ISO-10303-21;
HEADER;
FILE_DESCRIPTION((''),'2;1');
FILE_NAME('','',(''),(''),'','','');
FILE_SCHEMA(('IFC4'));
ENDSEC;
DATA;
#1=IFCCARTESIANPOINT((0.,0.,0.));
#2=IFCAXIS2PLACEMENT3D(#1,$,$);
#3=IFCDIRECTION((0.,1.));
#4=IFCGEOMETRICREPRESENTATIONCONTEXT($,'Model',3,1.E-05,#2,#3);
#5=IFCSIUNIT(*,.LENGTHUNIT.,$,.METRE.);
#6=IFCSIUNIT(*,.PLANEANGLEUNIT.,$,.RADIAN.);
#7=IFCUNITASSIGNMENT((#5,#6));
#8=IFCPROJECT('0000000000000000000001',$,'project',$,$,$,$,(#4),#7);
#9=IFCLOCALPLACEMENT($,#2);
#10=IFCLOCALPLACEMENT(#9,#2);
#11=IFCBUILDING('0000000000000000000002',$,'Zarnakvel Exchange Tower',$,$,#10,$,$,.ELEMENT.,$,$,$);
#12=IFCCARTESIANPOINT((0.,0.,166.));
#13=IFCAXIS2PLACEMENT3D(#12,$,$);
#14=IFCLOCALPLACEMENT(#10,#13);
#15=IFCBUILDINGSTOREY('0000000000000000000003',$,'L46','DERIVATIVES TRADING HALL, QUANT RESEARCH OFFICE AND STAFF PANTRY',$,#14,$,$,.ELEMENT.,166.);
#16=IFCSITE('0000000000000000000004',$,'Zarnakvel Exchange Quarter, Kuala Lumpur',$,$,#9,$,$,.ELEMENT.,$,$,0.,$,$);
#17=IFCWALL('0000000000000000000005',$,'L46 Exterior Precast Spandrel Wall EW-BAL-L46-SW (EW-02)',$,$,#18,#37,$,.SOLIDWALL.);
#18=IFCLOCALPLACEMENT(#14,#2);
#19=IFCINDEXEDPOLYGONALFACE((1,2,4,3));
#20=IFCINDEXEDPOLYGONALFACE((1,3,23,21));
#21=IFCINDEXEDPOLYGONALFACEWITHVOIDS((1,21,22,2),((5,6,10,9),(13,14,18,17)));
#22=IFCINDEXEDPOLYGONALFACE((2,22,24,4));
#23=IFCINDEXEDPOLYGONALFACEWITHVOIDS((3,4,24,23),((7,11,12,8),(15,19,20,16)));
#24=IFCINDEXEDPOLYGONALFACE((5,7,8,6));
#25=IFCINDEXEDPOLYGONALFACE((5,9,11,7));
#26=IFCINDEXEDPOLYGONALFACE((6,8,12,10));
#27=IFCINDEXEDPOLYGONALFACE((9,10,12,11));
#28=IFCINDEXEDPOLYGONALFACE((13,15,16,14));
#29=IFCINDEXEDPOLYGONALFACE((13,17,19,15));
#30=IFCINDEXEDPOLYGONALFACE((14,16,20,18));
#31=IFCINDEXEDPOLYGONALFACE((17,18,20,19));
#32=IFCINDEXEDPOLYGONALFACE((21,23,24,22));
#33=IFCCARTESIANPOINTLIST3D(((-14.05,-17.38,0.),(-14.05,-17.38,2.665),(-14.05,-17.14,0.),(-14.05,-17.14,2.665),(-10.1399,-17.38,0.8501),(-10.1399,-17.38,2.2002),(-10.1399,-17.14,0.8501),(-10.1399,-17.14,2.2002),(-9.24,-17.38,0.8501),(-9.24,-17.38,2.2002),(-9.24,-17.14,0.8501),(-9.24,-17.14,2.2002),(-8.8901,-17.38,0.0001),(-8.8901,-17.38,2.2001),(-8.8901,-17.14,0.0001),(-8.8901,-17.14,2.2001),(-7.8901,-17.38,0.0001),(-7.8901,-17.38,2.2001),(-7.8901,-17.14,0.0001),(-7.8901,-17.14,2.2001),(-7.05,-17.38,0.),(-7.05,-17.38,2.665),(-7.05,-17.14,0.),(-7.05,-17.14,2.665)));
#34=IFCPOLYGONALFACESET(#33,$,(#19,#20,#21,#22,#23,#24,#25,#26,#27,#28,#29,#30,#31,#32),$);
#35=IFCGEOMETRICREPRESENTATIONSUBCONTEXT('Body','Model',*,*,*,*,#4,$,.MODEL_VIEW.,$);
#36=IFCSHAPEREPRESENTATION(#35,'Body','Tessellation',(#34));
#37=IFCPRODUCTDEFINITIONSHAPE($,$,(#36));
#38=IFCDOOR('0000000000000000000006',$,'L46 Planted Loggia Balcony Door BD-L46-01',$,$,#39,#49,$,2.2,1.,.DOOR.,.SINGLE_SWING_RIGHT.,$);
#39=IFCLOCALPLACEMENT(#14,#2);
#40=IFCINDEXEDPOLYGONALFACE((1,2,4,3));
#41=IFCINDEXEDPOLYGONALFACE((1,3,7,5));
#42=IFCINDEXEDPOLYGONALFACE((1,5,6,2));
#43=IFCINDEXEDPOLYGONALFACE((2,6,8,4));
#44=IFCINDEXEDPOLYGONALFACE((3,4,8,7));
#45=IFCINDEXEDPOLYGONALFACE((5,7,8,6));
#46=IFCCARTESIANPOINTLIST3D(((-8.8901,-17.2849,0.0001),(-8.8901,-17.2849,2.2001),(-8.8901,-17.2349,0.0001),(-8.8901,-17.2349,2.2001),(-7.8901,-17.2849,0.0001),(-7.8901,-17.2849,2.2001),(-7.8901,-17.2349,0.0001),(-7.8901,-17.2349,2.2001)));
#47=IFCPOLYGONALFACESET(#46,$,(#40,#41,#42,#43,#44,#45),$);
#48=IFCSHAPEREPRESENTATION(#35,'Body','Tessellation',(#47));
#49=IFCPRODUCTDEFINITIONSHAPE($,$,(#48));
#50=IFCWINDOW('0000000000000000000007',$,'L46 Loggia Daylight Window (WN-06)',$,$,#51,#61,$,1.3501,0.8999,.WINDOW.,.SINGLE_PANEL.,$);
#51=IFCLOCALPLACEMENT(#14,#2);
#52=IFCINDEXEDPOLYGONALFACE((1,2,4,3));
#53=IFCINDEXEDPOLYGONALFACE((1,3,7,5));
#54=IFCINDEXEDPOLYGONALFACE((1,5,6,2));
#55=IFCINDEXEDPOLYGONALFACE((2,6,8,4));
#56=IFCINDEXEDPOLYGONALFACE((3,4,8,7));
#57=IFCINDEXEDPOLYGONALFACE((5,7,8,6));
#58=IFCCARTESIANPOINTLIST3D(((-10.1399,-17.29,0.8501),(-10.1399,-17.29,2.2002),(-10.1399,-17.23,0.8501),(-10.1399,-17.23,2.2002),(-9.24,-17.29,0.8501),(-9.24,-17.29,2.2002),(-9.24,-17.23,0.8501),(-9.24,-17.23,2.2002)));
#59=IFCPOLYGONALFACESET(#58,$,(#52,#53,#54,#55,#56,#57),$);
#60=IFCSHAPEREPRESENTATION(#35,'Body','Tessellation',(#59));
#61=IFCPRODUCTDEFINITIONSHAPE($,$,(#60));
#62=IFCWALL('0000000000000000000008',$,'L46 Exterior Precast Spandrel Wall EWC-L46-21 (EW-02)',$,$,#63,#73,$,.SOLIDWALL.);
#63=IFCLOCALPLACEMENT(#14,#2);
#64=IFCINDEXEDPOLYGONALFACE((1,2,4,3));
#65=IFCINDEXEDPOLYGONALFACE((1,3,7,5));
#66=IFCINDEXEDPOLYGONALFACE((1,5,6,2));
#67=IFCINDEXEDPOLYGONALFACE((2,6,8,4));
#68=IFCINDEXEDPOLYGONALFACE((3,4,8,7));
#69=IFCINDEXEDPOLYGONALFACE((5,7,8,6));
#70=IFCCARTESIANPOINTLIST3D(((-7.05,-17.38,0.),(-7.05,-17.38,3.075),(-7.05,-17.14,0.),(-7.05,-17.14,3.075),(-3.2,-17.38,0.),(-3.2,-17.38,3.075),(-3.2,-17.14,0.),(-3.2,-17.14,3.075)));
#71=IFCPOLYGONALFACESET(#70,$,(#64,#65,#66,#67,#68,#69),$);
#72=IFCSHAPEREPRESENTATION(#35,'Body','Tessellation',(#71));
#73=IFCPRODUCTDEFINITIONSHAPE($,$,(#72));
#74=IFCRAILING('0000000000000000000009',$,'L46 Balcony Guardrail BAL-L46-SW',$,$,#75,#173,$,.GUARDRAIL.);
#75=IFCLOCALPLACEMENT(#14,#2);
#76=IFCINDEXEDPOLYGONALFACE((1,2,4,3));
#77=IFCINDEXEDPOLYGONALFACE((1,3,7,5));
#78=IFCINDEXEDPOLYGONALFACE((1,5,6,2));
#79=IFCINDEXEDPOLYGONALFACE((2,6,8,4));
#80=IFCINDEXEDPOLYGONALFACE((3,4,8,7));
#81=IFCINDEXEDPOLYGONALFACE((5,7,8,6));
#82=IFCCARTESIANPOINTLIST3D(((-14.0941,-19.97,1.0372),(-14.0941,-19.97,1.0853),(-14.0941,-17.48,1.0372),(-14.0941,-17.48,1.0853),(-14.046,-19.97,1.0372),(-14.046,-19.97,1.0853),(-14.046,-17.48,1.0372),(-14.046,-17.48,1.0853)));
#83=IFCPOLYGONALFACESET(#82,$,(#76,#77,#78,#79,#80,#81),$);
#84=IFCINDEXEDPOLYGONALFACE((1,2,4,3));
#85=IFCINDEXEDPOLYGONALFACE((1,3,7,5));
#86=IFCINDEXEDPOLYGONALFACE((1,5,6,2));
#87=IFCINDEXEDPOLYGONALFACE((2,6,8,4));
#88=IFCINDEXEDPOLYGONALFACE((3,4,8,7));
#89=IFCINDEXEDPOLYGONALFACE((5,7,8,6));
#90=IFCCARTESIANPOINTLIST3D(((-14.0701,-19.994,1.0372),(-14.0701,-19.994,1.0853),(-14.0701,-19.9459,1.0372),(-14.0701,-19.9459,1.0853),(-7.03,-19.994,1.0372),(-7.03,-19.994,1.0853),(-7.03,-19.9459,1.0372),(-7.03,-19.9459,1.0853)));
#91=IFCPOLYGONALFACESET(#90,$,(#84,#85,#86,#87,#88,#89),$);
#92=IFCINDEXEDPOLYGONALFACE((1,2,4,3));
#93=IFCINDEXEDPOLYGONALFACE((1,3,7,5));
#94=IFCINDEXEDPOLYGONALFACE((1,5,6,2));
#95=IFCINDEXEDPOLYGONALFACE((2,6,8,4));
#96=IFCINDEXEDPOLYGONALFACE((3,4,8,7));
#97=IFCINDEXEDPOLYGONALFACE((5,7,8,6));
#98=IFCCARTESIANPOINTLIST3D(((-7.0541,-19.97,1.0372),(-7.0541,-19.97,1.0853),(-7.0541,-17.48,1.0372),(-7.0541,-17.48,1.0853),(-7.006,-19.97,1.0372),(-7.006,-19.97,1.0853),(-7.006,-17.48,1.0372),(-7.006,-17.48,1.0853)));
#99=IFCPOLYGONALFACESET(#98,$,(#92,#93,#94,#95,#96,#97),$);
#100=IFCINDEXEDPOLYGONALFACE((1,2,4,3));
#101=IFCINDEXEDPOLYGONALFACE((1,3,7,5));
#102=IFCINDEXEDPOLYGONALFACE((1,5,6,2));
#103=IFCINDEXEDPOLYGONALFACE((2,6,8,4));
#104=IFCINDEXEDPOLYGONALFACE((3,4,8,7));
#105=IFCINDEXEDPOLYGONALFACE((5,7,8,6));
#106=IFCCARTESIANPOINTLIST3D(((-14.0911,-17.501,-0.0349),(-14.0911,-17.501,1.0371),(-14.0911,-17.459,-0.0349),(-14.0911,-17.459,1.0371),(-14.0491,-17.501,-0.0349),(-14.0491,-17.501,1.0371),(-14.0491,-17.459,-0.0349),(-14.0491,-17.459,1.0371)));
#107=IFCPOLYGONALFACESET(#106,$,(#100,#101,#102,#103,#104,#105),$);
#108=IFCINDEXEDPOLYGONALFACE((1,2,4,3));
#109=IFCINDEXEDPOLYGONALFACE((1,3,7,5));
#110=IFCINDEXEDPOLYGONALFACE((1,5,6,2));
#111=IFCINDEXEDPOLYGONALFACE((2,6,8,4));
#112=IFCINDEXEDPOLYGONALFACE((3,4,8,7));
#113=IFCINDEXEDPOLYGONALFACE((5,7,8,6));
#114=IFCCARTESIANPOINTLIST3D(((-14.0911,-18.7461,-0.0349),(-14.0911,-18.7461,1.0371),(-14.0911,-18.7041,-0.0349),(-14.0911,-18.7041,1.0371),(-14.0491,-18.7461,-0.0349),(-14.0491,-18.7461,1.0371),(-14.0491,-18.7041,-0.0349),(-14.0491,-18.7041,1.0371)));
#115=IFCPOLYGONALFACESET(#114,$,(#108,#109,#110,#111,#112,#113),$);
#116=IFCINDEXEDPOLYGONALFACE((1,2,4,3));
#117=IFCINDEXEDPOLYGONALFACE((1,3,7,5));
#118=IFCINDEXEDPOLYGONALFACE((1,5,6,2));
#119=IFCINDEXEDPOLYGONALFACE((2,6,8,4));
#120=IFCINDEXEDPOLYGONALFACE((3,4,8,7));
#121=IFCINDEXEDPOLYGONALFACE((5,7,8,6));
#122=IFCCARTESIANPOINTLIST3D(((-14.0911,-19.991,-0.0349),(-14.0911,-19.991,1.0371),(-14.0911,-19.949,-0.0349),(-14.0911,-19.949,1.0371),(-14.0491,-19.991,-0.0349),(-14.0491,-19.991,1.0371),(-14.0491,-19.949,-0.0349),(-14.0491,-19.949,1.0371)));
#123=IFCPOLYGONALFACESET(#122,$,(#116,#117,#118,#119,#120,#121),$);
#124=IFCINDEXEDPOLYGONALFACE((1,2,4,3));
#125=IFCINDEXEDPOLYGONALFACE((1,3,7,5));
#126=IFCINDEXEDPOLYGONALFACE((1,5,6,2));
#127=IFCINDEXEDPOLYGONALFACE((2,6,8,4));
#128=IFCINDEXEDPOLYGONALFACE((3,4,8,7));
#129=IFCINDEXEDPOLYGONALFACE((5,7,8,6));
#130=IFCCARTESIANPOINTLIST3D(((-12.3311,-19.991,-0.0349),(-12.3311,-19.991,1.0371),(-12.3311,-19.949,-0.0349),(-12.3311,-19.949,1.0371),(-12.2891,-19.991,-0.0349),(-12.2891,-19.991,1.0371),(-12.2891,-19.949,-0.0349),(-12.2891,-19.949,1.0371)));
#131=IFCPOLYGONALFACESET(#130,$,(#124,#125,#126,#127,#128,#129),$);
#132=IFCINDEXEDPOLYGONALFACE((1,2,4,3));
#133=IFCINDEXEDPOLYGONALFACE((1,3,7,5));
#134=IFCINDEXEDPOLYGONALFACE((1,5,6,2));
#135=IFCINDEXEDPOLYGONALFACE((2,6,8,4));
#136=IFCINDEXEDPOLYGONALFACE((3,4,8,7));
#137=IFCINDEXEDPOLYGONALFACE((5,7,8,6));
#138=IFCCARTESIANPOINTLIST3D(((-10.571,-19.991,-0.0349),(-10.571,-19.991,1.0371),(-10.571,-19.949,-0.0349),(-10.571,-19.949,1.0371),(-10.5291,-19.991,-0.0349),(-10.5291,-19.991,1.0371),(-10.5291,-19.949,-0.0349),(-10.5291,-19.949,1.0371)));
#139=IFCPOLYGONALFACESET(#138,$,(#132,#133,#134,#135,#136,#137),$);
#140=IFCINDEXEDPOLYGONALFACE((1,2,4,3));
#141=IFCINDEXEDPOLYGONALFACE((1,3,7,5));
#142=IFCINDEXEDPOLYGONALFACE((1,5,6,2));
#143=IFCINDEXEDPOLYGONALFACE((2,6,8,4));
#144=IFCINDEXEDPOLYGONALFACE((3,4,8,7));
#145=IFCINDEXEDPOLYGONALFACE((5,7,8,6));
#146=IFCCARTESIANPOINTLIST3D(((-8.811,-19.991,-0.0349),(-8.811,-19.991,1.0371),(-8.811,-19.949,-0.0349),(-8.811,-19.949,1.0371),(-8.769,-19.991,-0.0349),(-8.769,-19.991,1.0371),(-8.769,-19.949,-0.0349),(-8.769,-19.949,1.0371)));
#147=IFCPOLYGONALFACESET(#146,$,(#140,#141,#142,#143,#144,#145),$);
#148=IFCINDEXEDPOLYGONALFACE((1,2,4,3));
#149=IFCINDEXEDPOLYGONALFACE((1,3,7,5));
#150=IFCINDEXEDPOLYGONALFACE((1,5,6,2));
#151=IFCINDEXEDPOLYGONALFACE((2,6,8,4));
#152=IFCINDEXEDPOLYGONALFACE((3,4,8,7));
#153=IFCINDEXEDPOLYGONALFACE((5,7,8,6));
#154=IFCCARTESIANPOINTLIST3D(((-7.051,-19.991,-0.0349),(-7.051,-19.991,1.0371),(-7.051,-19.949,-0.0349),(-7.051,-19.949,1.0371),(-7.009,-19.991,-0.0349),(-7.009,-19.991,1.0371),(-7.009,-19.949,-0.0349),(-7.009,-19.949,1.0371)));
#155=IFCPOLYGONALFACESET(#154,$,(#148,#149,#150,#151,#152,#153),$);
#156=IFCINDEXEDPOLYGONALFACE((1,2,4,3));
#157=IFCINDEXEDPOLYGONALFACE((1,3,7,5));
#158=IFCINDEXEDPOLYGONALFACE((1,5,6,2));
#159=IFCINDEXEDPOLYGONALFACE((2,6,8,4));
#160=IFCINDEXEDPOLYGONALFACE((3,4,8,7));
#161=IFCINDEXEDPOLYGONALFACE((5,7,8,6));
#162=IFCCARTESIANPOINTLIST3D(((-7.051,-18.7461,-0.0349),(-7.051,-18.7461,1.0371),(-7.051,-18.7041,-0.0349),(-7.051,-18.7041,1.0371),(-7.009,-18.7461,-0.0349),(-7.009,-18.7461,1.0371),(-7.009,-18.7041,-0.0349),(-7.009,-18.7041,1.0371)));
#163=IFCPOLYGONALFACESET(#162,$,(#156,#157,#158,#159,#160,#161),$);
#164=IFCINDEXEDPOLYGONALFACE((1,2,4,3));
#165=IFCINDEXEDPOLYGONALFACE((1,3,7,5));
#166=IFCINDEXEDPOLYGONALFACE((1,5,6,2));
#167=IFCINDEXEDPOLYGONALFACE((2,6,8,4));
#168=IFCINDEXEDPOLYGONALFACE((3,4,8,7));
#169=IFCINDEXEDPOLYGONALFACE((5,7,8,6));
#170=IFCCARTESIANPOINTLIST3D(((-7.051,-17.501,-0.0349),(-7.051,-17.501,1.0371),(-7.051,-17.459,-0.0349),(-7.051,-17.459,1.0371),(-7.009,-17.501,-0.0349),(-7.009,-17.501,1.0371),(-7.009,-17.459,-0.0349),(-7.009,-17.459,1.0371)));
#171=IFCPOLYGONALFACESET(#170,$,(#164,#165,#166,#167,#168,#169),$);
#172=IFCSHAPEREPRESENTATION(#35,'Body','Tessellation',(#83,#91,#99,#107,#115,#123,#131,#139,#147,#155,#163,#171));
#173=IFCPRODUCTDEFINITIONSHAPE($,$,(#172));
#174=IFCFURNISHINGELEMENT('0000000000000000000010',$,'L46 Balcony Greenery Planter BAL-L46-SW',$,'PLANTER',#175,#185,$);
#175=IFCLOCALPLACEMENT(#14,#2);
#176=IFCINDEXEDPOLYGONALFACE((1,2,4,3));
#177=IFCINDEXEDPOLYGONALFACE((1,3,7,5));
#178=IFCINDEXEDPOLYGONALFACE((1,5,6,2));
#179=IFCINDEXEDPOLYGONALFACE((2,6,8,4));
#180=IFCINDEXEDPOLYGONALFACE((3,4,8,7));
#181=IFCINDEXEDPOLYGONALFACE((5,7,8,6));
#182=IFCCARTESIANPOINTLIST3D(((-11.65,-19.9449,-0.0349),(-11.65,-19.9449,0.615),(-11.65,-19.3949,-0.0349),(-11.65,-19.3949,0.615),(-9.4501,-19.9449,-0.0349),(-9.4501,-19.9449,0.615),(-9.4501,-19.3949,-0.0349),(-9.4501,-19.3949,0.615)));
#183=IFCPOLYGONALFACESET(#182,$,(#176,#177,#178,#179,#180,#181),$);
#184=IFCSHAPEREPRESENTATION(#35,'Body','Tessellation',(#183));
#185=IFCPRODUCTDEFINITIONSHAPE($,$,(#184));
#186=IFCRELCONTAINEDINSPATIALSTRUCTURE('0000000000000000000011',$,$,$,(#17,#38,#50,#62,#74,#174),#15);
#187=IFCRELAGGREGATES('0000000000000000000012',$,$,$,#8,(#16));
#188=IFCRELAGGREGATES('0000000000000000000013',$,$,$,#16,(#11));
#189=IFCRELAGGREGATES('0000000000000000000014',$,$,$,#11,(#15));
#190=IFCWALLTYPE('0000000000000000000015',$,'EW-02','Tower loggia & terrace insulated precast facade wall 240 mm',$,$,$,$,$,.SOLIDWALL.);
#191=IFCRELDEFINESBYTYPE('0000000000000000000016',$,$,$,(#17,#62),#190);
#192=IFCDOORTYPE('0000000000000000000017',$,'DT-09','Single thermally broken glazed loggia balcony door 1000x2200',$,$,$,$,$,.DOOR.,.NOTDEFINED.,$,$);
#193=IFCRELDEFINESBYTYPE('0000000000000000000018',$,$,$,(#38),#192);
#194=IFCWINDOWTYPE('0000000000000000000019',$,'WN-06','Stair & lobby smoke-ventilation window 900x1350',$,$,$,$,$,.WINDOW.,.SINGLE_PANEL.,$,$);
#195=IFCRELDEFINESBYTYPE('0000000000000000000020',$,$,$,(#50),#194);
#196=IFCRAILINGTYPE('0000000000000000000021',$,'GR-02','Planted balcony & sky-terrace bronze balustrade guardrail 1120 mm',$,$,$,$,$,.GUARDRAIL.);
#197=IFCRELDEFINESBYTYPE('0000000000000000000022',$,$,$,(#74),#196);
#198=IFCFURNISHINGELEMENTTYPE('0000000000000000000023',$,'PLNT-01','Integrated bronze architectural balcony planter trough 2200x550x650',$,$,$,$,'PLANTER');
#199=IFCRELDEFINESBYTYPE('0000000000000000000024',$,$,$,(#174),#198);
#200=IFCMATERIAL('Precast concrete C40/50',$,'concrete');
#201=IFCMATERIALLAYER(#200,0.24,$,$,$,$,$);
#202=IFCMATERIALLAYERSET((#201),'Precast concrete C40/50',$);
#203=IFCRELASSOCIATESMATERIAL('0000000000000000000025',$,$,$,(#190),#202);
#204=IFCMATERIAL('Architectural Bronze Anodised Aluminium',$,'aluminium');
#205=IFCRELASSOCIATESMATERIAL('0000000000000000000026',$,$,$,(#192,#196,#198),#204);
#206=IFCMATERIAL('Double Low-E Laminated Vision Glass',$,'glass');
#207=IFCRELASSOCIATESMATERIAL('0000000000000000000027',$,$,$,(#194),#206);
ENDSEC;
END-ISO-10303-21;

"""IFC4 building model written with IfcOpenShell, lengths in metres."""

from ifc_helpers import new_model, si_unit, direction, frame, frame_2d, origin, origin_2d, place, context, subcontext, project, spatial, rectangle, extrude, source, transform, mapped, material, layer, layer_set, type_object, element, fill, save


model = new_model("IFC4")

# Units and contexts
model_context = context("Model", 3, precision=1e-05, world=origin(), true_north=direction((0.0, 1.0)))
body_context = subcontext(model_context, "Body", "Model", "MODEL_VIEW")
ifc_project = project(units=[si_unit("LENGTHUNIT", "METRE"), si_unit("PLANEANGLEUNIT", "RADIAN")], contexts=[model_context])

# Site, building, storey
site_placement = place(None, origin())
site = spatial("IfcSite", under=ifc_project, at=site_placement, Name="Zarnakvel Exchange Quarter, Kuala Lumpur", CompositionType="ELEMENT", RefElevation=0.0)
building_placement = place(site_placement, origin())
building = spatial("IfcBuilding", under=site, at=building_placement, Name="Zarnakvel Exchange Tower", CompositionType="ELEMENT")
storey_placement = place(building_placement, frame((0.0, 0.0, 166.0)))
storey = spatial("IfcBuildingStorey", under=building, at=storey_placement, Name="L46", Description="DERIVATIVES TRADING HALL, QUANT RESEARCH OFFICE AND STAFF PANTRY", CompositionType="ELEMENT", Elevation=166.0)

# Shared definitions
ifc_material_1 = material(Name="Architectural Bronze Anodised Aluminium", Category="aluminium")

# Shared definitions
ifc_material_2 = material(Name="Double Low-E Laminated Vision Glass", Category="glass")

# Wall, openings, door, window
ifc_material_3 = material(Name="Precast concrete C40/50", Category="concrete")
ifc_layer_1 = layer(ifc_material_3, 0.24)
ifc_layer_set_1 = layer_set([ifc_layer_1], Name="Precast concrete C40/50")
wall_type = type_object("IfcWallType", Name="EW-02", Description="Tower loggia & terrace insulated precast facade wall 240 mm", PredefinedType="SOLIDWALL", material=ifc_layer_set_1)
wall_1_placement = place(storey_placement, frame((-7.05, -17.26, 0.0), z_axis=(0.0, 0.0, 1.0), x_axis=(-1.0, 0.0, 0.0)))
wall_1 = element("IfcWall", 1, at=wall_1_placement, inside=storey, type_object=wall_type, Name="L46 Exterior Precast Spandrel Wall EW-BAL-L46-SW (EW-02)", PredefinedType="SOLIDWALL", context=body_context, shape_type="SweptSolid", body=[
    extrude(rectangle(XDim=7.0, YDim=0.24, at=frame_2d((3.5, 0.0))), origin(), (0.0, 0.0, 1.0), 2.665),
])
opening_1_placement = place(wall_1_placement, frame((0.8401, 0.0, 0.0)))
opening_1 = element("IfcOpeningElement", 2, at=opening_1_placement, cuts=wall_1, PredefinedType="OPENING", context=body_context, shape_type="SweptSolid", body=[
    extrude(rectangle(XDim=1.0, YDim=2.2, at=frame_2d((0.5, 1.1001))), frame((0.0, 0.1299, 0.0), z_axis=(0.0, -1.0, 0.0), x_axis=(1.0, 0.0, 0.0)), (0.0, 0.0, 1.0), 0.26),
])
opening_2_placement = place(wall_1_placement, frame((2.1899, 0.0, 0.8501)))
opening_2 = element("IfcOpeningElement", 3, at=opening_2_placement, cuts=wall_1, PredefinedType="OPENING", context=body_context, shape_type="SweptSolid", body=[
    extrude(rectangle(XDim=0.8999, YDim=1.3501, at=frame_2d((0.45, 0.675))), frame((0.0, 0.1299, 0.0), z_axis=(0.0, -1.0, 0.0), x_axis=(1.0, 0.0, 0.0)), (0.0, 0.0, 1.0), 0.26),
])
door_type = type_object("IfcDoorType", Name="DT-09", Description="Single thermally broken glazed loggia balcony door 1000x2200", OperationType="NOTDEFINED", PredefinedType="DOOR", material=ifc_material_1)
shared_shape_1 = source(origin(), body_context, "Body", "SweptSolid", [
    extrude(rectangle(XDim=1.0, YDim=2.2, at=frame_2d((0.5, 1.1001))), frame((0.0, 0.0249, 0.0), z_axis=(0.0, -1.0, 0.0), x_axis=(1.0, 0.0, 0.0)), (0.0, 0.0, 1.0), 0.05),
])
door_placement = place(opening_1_placement, origin())
door = element("IfcDoor", 4, at=door_placement, inside=storey, type_object=door_type, Name="L46 Planted Loggia Balcony Door BD-L46-01", OperationType="SINGLE_SWING_RIGHT", OverallHeight=2.2, OverallWidth=1.0, PredefinedType="DOOR", context=body_context, shape_type="MappedRepresentation", body=[
    mapped(shared_shape_1, transform((0.0, 0.0, 0.0), x_axis=(1.0, 0.0, 0.0), y_axis=(0.0, 1.0, 0.0), z_axis=(0.0, 0.0, 1.0), scale=1.0)),
])
fill(opening_1, door)
window_type = type_object("IfcWindowType", Name="WN-06", Description="Stair & lobby smoke-ventilation window 900x1350", PartitioningType="SINGLE_PANEL", PredefinedType="WINDOW", material=ifc_material_2)
shared_shape_2 = source(origin(), body_context, "Body", "SweptSolid", [
    extrude(rectangle(XDim=0.8999, YDim=1.3501, at=frame_2d((0.45, 0.675))), frame((0.0, 0.03, 0.0), z_axis=(0.0, -1.0, 0.0), x_axis=(1.0, 0.0, 0.0)), (0.0, 0.0, 1.0), 0.0601),
])
window_placement = place(opening_2_placement, origin())
window = element("IfcWindow", 5, at=window_placement, inside=storey, type_object=window_type, Name="L46 Loggia Daylight Window (WN-06)", OverallHeight=1.3501, OverallWidth=0.8999, PartitioningType="SINGLE_PANEL", PredefinedType="WINDOW", context=body_context, shape_type="MappedRepresentation", body=[
    mapped(shared_shape_2, transform((0.0, 0.0, 0.0), x_axis=(1.0, 0.0, 0.0), y_axis=(0.0, 1.0, 0.0), z_axis=(0.0, 0.0, 1.0), scale=1.0)),
])
fill(opening_2, window)

# Wall
wall_2_placement = place(storey_placement, frame((-7.05, -17.26, 0.0), z_axis=(0.0, 0.0, 1.0), x_axis=(1.0, 0.0, 0.0)))
element("IfcWall", 6, at=wall_2_placement, inside=storey, type_object=wall_type, Name="L46 Exterior Precast Spandrel Wall EWC-L46-21 (EW-02)", PredefinedType="SOLIDWALL", context=body_context, shape_type="SweptSolid", body=[
    extrude(rectangle(XDim=3.8501, YDim=0.24, at=frame_2d((1.925, 0.0))), origin(), (0.0, 0.0, 1.0), 3.075),
])

# Railing
railing_type = type_object("IfcRailingType", Name="GR-02", Description="Planted balcony & sky-terrace bronze balustrade guardrail 1120 mm", PredefinedType="GUARDRAIL", material=ifc_material_1)
railing_placement = place(storey_placement, frame((-14.0701, -17.48, -0.0349)))
element("IfcRailing", 7, at=railing_placement, inside=storey, type_object=railing_type, Name="L46 Balcony Guardrail BAL-L46-SW", PredefinedType="GUARDRAIL", context=body_context, shape_type="SweptSolid", body=[
    extrude(rectangle(XDim=0.0481, YDim=0.0481, at=origin_2d()), frame((0.0, 0.0, 1.0962), z_axis=(0.0, -1.0, 0.0), x_axis=(1.0, 0.0, 0.0)), (0.0, 0.0, 1.0), 2.49),
    extrude(rectangle(XDim=0.0481, YDim=0.0481, at=origin_2d()), frame((0.0, -2.49, 1.0962), z_axis=(1.0, 0.0, 0.0), x_axis=(0.0, 1.0, 0.0)), (0.0, 0.0, 1.0), 7.04),
    extrude(rectangle(XDim=0.0481, YDim=0.0481, at=origin_2d()), frame((7.04, -2.49, 1.0962), z_axis=(0.0, 1.0, 0.0), x_axis=(-1.0, 0.0, 0.0)), (0.0, 0.0, 1.0), 2.49),
    extrude(rectangle(XDim=0.042, YDim=0.042, at=origin_2d()), origin(), (0.0, 0.0, 1.0), 1.072),
    extrude(rectangle(XDim=0.042, YDim=0.042, at=origin_2d()), frame((0.0, -1.2451, 0.0)), (0.0, 0.0, 1.0), 1.072),
    extrude(rectangle(XDim=0.042, YDim=0.042, at=origin_2d()), frame((0.0, -2.49, 0.0)), (0.0, 0.0, 1.0), 1.072),
    extrude(rectangle(XDim=0.042, YDim=0.042, at=origin_2d()), frame((1.76, -2.49, 0.0)), (0.0, 0.0, 1.0), 1.072),
    extrude(rectangle(XDim=0.042, YDim=0.042, at=origin_2d()), frame((3.52, -2.49, 0.0)), (0.0, 0.0, 1.0), 1.072),
    extrude(rectangle(XDim=0.042, YDim=0.042, at=origin_2d()), frame((5.28, -2.49, 0.0)), (0.0, 0.0, 1.0), 1.072),
    extrude(rectangle(XDim=0.042, YDim=0.042, at=origin_2d()), frame((7.04, -2.49, 0.0)), (0.0, 0.0, 1.0), 1.072),
    extrude(rectangle(XDim=0.042, YDim=0.042, at=origin_2d()), frame((7.04, -1.2451, 0.0)), (0.0, 0.0, 1.0), 1.072),
    extrude(rectangle(XDim=0.042, YDim=0.042, at=origin_2d()), frame((7.04, 0.0, 0.0)), (0.0, 0.0, 1.0), 1.072),
])

# Furnishing element
furnishing_element_type = type_object("IfcFurnishingElementType", Name="PLNT-01", Description="Integrated bronze architectural balcony planter trough 2200x550x650", ElementType="PLANTER", material=ifc_material_1)
shared_shape_3 = source(origin(), body_context, "Body", "SweptSolid", [
    extrude(rectangle(XDim=2.2, YDim=0.55, at=origin_2d()), origin(), (0.0, 0.0, 1.0), 0.6499),
])
furnishing_placement = place(storey_placement, frame((-10.55, -19.6699, -0.0349), z_axis=(0.0, 0.0, 1.0), x_axis=(1.0, 0.0, 0.0)))
element("IfcFurnishingElement", 8, at=furnishing_placement, inside=storey, type_object=furnishing_element_type, Name="L46 Balcony Greenery Planter BAL-L46-SW", ObjectType="PLANTER", context=body_context, shape_type="MappedRepresentation", body=[
    mapped(shared_shape_3, transform((0.0, 0.0, 0.0), x_axis=(1.0, 0.0, 0.0), y_axis=(0.0, 1.0, 0.0), z_axis=(0.0, 0.0, 1.0), scale=1.0)),
])

save(model, "model.ifc")
